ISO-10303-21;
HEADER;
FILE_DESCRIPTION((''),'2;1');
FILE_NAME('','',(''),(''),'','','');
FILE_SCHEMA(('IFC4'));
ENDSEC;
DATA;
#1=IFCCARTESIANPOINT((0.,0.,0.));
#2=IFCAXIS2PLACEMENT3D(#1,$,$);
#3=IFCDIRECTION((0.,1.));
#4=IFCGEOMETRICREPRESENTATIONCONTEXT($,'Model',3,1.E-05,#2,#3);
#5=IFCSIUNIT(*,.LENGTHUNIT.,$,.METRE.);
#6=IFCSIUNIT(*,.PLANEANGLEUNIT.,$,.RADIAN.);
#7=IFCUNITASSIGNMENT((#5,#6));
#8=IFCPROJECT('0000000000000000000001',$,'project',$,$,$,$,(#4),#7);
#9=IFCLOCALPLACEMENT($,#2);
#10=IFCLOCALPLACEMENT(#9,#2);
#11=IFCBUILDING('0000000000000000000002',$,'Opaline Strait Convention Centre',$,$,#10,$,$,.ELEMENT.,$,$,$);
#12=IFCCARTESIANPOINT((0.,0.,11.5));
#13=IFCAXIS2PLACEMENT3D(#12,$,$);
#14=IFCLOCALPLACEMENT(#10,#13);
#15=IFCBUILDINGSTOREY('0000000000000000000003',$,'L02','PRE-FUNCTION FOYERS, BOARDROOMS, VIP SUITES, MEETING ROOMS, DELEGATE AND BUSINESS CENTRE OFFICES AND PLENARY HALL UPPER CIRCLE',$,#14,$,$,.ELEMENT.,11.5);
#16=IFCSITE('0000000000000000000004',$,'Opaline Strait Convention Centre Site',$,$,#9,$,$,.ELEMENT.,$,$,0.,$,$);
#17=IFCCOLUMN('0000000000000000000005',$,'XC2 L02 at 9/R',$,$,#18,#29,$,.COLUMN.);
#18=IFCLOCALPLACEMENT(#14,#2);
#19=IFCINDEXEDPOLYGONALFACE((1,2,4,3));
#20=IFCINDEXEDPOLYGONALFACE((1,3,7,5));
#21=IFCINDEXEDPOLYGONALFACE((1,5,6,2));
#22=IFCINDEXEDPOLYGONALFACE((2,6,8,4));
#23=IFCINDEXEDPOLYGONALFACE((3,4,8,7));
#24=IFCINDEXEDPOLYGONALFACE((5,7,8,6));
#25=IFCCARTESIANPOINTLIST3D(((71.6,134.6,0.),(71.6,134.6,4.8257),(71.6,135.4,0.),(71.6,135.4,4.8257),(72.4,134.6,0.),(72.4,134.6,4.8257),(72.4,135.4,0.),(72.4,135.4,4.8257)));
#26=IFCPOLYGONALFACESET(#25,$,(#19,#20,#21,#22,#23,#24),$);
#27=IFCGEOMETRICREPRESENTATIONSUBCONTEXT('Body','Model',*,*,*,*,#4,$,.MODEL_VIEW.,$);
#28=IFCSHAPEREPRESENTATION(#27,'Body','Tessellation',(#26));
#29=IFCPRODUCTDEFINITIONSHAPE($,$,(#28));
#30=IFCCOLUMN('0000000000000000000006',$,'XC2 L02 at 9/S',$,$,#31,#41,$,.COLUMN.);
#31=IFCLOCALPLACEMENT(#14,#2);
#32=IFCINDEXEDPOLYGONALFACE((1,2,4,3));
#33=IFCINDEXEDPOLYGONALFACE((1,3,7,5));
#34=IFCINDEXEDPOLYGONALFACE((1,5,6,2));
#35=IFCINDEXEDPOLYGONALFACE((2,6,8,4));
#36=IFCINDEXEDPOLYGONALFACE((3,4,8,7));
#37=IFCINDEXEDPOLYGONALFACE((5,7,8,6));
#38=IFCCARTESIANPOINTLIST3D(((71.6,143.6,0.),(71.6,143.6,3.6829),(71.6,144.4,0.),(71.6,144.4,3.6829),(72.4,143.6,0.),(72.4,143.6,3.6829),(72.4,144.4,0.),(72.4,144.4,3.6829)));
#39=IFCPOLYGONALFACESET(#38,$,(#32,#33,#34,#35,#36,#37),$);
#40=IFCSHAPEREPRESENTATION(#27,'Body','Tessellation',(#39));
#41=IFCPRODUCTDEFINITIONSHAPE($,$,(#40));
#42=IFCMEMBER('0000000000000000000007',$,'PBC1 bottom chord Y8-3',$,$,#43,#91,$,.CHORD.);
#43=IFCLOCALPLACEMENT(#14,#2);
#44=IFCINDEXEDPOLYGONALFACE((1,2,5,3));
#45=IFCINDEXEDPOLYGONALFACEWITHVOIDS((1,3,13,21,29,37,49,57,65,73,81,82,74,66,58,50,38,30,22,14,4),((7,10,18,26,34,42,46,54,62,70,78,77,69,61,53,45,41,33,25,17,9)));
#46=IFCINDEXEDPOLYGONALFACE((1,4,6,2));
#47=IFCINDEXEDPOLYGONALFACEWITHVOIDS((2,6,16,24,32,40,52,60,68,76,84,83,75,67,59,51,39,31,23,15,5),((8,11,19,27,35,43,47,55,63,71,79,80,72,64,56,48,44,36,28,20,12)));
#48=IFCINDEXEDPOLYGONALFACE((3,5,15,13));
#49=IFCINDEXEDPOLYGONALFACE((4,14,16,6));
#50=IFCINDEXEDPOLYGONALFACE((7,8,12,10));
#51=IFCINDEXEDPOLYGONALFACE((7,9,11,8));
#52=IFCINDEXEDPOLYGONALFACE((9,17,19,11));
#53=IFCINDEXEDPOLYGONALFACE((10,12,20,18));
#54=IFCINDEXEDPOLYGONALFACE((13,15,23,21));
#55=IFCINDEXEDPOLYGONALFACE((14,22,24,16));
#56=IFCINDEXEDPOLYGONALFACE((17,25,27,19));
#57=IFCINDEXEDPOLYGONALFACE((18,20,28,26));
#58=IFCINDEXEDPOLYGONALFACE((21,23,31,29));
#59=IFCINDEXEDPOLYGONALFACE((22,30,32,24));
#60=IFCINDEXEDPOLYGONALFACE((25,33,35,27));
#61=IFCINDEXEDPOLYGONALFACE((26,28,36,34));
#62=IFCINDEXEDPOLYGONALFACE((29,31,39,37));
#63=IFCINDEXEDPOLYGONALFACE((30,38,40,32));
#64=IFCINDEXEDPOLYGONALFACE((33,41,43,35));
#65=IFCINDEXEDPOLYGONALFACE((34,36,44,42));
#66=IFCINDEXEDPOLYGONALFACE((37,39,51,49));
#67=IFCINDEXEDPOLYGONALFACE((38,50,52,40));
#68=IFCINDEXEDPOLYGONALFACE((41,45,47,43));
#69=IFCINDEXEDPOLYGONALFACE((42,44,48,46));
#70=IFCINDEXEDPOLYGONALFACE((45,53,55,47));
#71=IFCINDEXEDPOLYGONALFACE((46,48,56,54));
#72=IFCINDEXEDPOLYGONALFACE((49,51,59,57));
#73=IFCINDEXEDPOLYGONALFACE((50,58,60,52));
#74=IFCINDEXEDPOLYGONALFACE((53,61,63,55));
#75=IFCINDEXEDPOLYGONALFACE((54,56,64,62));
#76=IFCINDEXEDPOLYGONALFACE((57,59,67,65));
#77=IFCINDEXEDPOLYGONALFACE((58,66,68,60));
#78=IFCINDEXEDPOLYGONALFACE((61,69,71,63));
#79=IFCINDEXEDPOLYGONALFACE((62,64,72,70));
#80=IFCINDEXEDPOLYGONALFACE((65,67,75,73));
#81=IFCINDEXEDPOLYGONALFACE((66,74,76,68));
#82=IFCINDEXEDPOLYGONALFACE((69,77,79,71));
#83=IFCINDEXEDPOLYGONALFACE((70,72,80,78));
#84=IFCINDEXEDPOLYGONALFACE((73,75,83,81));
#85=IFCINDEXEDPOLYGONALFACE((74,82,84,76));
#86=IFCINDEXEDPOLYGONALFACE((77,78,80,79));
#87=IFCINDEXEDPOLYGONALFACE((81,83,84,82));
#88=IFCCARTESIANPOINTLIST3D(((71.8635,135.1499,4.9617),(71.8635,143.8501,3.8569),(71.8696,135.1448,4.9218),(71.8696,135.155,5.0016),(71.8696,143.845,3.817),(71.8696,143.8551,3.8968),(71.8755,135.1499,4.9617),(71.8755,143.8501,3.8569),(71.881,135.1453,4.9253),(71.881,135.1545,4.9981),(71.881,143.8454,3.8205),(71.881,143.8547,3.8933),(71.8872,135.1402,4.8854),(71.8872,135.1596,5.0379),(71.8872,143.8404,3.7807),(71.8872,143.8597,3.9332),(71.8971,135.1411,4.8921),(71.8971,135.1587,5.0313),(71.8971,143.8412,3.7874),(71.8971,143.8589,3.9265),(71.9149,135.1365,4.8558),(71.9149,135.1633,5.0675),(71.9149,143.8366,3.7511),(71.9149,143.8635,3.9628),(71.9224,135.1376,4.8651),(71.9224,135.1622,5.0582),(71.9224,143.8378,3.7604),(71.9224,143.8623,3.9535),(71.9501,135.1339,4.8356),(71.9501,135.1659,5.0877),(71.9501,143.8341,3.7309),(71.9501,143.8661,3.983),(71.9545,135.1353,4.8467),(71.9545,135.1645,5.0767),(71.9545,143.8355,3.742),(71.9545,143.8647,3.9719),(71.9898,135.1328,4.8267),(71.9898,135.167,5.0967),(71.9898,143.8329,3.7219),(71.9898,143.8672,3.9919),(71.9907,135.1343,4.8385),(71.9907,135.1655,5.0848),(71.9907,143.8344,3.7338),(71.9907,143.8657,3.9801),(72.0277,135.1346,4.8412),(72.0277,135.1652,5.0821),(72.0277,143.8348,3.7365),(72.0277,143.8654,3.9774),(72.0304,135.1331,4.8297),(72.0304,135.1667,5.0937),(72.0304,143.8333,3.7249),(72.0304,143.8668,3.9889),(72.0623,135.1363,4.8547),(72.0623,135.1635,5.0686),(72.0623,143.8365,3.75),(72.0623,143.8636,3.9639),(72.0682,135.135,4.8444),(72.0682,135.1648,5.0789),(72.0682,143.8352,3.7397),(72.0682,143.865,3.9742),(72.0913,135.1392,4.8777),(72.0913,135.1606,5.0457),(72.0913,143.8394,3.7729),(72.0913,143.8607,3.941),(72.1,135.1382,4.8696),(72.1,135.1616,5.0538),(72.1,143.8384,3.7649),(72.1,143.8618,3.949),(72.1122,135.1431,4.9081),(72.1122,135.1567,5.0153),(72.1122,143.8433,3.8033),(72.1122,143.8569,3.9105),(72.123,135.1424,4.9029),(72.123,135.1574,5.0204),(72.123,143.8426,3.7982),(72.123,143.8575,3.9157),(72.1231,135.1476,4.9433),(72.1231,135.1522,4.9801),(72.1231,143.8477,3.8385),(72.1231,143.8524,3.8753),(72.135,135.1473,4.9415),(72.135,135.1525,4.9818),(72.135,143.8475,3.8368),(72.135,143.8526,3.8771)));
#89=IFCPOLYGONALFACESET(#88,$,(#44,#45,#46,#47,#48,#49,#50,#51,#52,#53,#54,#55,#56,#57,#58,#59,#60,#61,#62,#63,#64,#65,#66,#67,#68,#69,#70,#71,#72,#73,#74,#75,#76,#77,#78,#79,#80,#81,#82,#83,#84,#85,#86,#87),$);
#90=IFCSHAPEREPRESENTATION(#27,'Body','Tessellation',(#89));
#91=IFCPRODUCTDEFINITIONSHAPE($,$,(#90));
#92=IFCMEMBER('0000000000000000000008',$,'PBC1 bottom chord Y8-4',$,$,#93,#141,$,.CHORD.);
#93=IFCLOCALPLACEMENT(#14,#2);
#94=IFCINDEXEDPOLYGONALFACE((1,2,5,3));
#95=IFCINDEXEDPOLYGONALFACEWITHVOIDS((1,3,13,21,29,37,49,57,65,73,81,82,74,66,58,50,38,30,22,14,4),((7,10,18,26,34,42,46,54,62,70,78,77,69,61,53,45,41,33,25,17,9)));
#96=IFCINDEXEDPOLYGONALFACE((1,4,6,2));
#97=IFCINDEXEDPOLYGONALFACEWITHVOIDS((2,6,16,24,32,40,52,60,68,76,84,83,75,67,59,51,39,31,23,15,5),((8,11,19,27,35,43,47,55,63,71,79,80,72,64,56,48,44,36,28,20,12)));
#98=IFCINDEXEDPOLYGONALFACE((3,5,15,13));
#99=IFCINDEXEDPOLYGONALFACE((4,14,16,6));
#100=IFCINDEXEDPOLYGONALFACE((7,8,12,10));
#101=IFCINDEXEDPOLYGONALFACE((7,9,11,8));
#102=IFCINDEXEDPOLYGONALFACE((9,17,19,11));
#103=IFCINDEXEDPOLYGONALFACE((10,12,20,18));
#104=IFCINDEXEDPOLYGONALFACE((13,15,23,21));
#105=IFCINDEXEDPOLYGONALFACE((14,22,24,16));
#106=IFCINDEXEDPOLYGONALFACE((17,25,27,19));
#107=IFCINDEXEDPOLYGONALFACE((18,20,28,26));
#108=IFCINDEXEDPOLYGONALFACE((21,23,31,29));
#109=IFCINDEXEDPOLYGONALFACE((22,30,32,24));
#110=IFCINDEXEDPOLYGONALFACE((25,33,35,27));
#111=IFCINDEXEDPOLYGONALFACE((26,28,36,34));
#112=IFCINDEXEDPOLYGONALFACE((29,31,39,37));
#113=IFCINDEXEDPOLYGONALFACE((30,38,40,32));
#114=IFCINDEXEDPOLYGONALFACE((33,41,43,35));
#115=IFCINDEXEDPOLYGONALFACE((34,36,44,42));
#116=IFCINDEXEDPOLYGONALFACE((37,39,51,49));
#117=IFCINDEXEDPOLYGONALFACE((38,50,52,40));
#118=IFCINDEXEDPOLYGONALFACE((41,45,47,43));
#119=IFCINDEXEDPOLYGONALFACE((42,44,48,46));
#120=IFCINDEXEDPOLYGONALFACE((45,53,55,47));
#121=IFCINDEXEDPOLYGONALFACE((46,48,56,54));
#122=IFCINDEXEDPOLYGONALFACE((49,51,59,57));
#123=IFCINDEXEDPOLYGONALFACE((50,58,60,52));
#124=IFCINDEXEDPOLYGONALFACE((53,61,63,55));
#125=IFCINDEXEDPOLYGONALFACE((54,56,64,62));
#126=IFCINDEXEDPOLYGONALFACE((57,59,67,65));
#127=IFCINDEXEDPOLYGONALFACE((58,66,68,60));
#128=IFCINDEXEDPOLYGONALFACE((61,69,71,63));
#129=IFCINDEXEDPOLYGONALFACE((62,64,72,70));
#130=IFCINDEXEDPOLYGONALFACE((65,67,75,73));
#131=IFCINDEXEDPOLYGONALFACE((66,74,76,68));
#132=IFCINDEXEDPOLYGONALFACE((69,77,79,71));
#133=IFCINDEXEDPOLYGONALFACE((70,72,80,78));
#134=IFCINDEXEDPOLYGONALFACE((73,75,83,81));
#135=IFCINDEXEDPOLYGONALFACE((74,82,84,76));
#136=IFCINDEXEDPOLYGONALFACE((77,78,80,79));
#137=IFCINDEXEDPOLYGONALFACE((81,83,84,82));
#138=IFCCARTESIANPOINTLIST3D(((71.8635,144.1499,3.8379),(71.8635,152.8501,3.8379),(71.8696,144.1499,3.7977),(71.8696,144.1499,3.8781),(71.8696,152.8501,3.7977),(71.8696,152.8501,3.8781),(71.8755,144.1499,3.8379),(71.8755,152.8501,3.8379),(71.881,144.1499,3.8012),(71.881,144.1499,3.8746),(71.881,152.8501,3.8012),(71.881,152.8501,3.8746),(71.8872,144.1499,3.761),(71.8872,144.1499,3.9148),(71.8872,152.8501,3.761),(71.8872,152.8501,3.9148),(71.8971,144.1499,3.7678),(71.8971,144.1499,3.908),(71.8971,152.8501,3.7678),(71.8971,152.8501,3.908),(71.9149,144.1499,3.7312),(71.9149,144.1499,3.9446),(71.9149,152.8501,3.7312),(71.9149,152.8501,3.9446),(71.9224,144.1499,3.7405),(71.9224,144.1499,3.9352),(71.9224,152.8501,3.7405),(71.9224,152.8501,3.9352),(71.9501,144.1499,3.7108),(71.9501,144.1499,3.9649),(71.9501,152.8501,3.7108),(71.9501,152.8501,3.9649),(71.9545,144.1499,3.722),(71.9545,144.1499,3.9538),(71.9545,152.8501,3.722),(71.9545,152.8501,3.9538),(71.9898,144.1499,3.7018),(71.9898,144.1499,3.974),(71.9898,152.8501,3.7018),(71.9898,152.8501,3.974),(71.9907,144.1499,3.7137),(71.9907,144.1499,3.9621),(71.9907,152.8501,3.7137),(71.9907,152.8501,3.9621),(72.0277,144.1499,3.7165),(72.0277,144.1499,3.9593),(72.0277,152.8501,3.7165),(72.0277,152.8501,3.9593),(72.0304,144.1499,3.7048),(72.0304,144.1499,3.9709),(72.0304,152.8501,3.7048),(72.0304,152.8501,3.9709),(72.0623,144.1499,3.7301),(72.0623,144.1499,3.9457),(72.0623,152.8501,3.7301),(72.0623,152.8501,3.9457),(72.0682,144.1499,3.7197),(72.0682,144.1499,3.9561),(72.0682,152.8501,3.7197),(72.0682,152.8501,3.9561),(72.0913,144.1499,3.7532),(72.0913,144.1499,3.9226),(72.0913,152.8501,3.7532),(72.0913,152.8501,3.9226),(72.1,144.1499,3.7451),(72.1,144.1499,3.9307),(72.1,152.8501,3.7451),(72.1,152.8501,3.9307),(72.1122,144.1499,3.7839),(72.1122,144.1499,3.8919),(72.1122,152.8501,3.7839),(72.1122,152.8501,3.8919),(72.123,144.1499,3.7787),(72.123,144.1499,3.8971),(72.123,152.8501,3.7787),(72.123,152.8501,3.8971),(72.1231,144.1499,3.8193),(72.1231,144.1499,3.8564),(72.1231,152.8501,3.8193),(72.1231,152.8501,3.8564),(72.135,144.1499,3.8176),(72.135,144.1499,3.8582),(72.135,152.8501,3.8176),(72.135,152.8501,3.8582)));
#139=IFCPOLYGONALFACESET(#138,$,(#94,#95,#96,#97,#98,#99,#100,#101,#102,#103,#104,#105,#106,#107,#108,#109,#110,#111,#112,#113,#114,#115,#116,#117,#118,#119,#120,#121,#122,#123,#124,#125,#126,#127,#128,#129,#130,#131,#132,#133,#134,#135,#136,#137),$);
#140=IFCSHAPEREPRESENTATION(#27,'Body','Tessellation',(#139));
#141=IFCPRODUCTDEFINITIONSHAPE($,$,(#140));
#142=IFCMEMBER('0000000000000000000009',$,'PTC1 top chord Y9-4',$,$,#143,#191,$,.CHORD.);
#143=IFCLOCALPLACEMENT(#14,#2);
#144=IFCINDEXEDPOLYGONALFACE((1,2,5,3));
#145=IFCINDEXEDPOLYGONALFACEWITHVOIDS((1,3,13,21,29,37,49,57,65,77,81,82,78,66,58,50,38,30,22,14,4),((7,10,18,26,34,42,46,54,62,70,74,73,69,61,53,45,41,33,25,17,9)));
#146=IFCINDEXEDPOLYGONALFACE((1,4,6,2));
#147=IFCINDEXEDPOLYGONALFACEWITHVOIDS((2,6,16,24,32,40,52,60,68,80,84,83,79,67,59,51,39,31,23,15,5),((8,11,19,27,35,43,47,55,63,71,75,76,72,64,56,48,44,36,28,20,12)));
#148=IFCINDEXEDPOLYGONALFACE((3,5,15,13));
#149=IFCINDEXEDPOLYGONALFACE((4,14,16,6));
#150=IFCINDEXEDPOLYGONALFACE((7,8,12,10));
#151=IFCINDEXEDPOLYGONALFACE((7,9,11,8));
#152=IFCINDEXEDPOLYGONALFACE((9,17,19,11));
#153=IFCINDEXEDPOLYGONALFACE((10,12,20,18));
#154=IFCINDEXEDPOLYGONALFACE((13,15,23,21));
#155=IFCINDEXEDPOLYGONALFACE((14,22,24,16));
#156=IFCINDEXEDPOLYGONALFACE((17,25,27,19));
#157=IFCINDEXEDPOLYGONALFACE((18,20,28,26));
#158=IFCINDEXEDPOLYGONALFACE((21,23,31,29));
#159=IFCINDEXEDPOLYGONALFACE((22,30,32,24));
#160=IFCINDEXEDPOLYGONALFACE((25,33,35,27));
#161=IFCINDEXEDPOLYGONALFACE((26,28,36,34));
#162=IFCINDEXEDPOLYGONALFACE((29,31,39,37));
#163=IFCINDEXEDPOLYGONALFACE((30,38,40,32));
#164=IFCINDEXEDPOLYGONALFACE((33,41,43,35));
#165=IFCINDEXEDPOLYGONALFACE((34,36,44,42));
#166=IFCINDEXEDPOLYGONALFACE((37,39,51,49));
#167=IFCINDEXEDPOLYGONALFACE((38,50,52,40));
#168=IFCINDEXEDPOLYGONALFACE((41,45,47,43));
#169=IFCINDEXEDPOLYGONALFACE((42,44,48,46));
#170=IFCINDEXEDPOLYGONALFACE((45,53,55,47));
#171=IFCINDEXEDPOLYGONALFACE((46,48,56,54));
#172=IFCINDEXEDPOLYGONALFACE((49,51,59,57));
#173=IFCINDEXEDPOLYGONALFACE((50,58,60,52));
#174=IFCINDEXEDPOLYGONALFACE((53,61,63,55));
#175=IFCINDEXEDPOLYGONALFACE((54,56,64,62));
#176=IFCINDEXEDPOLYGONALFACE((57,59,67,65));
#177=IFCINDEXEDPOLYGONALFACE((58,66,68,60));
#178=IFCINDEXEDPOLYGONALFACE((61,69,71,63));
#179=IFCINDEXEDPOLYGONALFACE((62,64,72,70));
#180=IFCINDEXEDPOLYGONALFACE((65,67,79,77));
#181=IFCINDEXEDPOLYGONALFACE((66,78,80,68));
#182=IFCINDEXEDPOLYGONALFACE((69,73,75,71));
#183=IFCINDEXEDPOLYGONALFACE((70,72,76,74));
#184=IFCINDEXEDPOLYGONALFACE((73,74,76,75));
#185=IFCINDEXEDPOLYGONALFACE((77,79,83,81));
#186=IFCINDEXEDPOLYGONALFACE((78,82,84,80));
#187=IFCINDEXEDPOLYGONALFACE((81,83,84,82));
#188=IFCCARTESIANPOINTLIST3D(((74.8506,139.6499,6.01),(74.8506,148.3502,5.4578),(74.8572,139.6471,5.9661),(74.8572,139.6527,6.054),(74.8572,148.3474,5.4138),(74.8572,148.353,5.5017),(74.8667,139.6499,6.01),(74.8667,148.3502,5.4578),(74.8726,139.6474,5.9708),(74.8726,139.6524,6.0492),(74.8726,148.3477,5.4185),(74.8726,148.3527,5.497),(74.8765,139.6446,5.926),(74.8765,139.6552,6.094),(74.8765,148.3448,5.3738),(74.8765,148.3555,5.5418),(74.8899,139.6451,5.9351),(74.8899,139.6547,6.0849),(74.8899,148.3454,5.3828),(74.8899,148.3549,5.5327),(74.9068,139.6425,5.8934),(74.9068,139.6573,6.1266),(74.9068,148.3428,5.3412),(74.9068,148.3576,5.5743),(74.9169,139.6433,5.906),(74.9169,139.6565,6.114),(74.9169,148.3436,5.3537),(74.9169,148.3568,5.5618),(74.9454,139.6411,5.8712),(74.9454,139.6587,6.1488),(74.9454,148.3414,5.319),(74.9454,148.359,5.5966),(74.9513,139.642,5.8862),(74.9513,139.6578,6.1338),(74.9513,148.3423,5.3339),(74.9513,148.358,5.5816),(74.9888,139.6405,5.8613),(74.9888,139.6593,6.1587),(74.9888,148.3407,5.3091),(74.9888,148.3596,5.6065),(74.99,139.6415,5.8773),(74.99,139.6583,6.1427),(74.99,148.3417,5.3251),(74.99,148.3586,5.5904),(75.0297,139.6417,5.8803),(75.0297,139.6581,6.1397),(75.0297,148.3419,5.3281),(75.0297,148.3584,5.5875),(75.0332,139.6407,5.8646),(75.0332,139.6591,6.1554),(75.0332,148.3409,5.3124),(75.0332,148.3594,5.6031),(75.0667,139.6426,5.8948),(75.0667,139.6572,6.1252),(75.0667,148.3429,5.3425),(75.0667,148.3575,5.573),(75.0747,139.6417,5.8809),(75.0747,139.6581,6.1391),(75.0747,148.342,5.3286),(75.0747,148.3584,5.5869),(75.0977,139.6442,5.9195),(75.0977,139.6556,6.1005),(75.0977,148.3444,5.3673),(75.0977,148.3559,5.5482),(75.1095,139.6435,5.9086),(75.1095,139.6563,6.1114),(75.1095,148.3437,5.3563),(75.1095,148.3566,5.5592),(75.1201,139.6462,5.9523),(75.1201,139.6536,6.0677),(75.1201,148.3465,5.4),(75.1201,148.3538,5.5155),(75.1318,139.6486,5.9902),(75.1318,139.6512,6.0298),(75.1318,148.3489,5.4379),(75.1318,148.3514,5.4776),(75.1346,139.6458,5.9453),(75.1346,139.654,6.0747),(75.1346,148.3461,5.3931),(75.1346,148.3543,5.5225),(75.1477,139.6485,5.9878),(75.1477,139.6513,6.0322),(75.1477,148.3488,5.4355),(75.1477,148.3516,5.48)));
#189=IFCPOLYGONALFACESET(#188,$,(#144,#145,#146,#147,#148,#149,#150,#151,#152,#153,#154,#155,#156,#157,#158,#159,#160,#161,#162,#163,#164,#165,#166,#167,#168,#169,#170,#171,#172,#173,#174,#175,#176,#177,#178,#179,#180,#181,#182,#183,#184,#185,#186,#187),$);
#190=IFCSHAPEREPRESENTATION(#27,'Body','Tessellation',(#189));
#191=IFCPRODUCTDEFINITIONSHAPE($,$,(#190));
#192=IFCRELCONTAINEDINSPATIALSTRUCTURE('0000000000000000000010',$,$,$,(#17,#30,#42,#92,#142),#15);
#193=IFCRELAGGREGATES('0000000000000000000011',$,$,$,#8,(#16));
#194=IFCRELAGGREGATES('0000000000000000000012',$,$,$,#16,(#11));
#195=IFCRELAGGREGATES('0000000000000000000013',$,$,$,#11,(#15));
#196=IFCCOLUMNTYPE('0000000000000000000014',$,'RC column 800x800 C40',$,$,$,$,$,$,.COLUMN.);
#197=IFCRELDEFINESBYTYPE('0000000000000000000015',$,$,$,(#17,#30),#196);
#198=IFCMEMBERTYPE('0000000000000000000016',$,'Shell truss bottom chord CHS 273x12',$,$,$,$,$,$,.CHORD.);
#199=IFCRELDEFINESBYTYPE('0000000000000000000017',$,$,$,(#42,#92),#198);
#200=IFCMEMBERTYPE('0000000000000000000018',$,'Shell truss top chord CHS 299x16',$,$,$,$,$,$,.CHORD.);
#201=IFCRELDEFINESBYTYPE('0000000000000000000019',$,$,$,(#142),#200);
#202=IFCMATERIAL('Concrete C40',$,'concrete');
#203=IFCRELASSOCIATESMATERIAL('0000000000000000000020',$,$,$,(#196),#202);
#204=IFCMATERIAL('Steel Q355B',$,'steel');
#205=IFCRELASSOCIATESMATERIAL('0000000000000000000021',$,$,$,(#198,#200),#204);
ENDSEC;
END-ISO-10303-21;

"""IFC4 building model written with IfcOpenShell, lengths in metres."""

from ifc_helpers import new_model, si_unit, direction, frame, origin, origin_2d, place, context, subcontext, project, spatial, rectangle, hollow_circle, extrude, material, material_profile, profile_set, type_object, element, save


model = new_model("IFC4")

# Units and contexts
model_context = context("Model", 3, precision=1e-05, world=origin(), true_north=direction((0.0, 1.0)))
body_context = subcontext(model_context, "Body", "Model", "MODEL_VIEW")
ifc_project = project(units=[si_unit("LENGTHUNIT", "METRE"), si_unit("PLANEANGLEUNIT", "RADIAN")], contexts=[model_context])

# Site, building, storey
site_placement = place(None, origin())
site = spatial("IfcSite", under=ifc_project, at=site_placement, Name="Opaline Strait Convention Centre Site", CompositionType="ELEMENT", RefElevation=0.0)
building_placement = place(site_placement, origin())
building = spatial("IfcBuilding", under=site, at=building_placement, Name="Opaline Strait Convention Centre", CompositionType="ELEMENT")
storey_placement = place(building_placement, frame((0.0, 0.0, 11.5)))
storey = spatial("IfcBuildingStorey", under=building, at=storey_placement, Name="L02", Description="PRE-FUNCTION FOYERS, BOARDROOMS, VIP SUITES, MEETING ROOMS, DELEGATE AND BUSINESS CENTRE OFFICES AND PLENARY HALL UPPER CIRCLE", CompositionType="ELEMENT", Elevation=11.5)

# Columns
ifc_material_1 = material(Name="Concrete C40", Category="concrete")
ifc_material_profile_1 = material_profile(ifc_material_1, rectangle(XDim=0.8, YDim=0.8, at=origin_2d()), Name="RC 800x800")
ifc_profile_set_1 = profile_set([ifc_material_profile_1], Name="Concrete C40")
column_type = type_object("IfcColumnType", Name="RC column 800x800 C40", PredefinedType="COLUMN", material=ifc_profile_set_1)
column_1_placement = place(storey_placement, frame((72.0, 135.0, 0.0), z_axis=(0.0, 0.0, 1.0), x_axis=(1.0, 0.0, 0.0)))
element("IfcColumn", 1, at=column_1_placement, inside=storey, type_object=column_type, Name="XC2 L02 at 9/R", PredefinedType="COLUMN", context=body_context, shape_type="SweptSolid", body=[
    extrude(rectangle(XDim=0.8, YDim=0.8, at=origin_2d()), origin(), (0.0, 0.0, 1.0), 4.8257),
])
column_2_placement = place(storey_placement, frame((72.0, 144.0, 0.0), z_axis=(0.0, 0.0, 1.0), x_axis=(1.0, 0.0, 0.0)))
element("IfcColumn", 2, at=column_2_placement, inside=storey, type_object=column_type, Name="XC2 L02 at 9/S", PredefinedType="COLUMN", context=body_context, shape_type="SweptSolid", body=[
    extrude(rectangle(XDim=0.8, YDim=0.8, at=origin_2d()), origin(), (0.0, 0.0, 1.0), 3.6829),
])

# Members
ifc_material_2 = material(Name="Steel Q355B", Category="steel")
ifc_material_profile_2 = material_profile(ifc_material_2, hollow_circle(Radius=0.1365, WallThickness=0.012, at=origin_2d()), Name="CHS 273x12")
ifc_profile_set_2 = profile_set([ifc_material_profile_2], Name="Steel Q355B")
member_type_1 = type_object("IfcMemberType", Name="Shell truss bottom chord CHS 273x12", PredefinedType="CHORD", material=ifc_profile_set_2)
member_1_placement = place(storey_placement, frame((72.0, 135.1499, 4.9617), z_axis=(0.0, 0.992034, -0.125967), x_axis=(-1.0, 0.0, 0.0)))
element("IfcMember", 3, at=member_1_placement, inside=storey, type_object=member_type_1, Name="PBC1 bottom chord Y8-3", PredefinedType="CHORD", context=body_context, shape_type="SweptSolid", body=[
    extrude(hollow_circle(Radius=0.1365, WallThickness=0.012, at=origin_2d()), origin(), (0.0, 0.0, 1.0), 8.77),
])
member_2_placement = place(storey_placement, frame((72.0, 144.1499, 3.8379), z_axis=(0.0, 1.0, 0.0), x_axis=(-1.0, 0.0, 0.0)))
element("IfcMember", 4, at=member_2_placement, inside=storey, type_object=member_type_1, Name="PBC1 bottom chord Y8-4", PredefinedType="CHORD", context=body_context, shape_type="SweptSolid", body=[
    extrude(hollow_circle(Radius=0.1365, WallThickness=0.012, at=origin_2d()), origin(), (0.0, 0.0, 1.0), 8.7002),
])
ifc_material_profile_3 = material_profile(ifc_material_2, hollow_circle(Radius=0.1494, WallThickness=0.0161, at=origin_2d()), Name="CHS 299x16")
ifc_profile_set_3 = profile_set([ifc_material_profile_3], Name="Steel Q355B")
member_type_2 = type_object("IfcMemberType", Name="Shell truss top chord CHS 299x16", PredefinedType="CHORD", material=ifc_profile_set_3)
member_3_placement = place(storey_placement, frame((75.0, 139.6499, 6.01), z_axis=(0.0, 0.997992, -0.063348), x_axis=(-1.0, 0.0, 0.0)))
element("IfcMember", 5, at=member_3_placement, inside=storey, type_object=member_type_2, Name="PTC1 top chord Y9-4", PredefinedType="CHORD", context=body_context, shape_type="SweptSolid", body=[
    extrude(hollow_circle(Radius=0.1494, WallThickness=0.0161, at=origin_2d()), origin(), (0.0, 0.0, 1.0), 8.7178),
])

save(model, "model.ifc")
